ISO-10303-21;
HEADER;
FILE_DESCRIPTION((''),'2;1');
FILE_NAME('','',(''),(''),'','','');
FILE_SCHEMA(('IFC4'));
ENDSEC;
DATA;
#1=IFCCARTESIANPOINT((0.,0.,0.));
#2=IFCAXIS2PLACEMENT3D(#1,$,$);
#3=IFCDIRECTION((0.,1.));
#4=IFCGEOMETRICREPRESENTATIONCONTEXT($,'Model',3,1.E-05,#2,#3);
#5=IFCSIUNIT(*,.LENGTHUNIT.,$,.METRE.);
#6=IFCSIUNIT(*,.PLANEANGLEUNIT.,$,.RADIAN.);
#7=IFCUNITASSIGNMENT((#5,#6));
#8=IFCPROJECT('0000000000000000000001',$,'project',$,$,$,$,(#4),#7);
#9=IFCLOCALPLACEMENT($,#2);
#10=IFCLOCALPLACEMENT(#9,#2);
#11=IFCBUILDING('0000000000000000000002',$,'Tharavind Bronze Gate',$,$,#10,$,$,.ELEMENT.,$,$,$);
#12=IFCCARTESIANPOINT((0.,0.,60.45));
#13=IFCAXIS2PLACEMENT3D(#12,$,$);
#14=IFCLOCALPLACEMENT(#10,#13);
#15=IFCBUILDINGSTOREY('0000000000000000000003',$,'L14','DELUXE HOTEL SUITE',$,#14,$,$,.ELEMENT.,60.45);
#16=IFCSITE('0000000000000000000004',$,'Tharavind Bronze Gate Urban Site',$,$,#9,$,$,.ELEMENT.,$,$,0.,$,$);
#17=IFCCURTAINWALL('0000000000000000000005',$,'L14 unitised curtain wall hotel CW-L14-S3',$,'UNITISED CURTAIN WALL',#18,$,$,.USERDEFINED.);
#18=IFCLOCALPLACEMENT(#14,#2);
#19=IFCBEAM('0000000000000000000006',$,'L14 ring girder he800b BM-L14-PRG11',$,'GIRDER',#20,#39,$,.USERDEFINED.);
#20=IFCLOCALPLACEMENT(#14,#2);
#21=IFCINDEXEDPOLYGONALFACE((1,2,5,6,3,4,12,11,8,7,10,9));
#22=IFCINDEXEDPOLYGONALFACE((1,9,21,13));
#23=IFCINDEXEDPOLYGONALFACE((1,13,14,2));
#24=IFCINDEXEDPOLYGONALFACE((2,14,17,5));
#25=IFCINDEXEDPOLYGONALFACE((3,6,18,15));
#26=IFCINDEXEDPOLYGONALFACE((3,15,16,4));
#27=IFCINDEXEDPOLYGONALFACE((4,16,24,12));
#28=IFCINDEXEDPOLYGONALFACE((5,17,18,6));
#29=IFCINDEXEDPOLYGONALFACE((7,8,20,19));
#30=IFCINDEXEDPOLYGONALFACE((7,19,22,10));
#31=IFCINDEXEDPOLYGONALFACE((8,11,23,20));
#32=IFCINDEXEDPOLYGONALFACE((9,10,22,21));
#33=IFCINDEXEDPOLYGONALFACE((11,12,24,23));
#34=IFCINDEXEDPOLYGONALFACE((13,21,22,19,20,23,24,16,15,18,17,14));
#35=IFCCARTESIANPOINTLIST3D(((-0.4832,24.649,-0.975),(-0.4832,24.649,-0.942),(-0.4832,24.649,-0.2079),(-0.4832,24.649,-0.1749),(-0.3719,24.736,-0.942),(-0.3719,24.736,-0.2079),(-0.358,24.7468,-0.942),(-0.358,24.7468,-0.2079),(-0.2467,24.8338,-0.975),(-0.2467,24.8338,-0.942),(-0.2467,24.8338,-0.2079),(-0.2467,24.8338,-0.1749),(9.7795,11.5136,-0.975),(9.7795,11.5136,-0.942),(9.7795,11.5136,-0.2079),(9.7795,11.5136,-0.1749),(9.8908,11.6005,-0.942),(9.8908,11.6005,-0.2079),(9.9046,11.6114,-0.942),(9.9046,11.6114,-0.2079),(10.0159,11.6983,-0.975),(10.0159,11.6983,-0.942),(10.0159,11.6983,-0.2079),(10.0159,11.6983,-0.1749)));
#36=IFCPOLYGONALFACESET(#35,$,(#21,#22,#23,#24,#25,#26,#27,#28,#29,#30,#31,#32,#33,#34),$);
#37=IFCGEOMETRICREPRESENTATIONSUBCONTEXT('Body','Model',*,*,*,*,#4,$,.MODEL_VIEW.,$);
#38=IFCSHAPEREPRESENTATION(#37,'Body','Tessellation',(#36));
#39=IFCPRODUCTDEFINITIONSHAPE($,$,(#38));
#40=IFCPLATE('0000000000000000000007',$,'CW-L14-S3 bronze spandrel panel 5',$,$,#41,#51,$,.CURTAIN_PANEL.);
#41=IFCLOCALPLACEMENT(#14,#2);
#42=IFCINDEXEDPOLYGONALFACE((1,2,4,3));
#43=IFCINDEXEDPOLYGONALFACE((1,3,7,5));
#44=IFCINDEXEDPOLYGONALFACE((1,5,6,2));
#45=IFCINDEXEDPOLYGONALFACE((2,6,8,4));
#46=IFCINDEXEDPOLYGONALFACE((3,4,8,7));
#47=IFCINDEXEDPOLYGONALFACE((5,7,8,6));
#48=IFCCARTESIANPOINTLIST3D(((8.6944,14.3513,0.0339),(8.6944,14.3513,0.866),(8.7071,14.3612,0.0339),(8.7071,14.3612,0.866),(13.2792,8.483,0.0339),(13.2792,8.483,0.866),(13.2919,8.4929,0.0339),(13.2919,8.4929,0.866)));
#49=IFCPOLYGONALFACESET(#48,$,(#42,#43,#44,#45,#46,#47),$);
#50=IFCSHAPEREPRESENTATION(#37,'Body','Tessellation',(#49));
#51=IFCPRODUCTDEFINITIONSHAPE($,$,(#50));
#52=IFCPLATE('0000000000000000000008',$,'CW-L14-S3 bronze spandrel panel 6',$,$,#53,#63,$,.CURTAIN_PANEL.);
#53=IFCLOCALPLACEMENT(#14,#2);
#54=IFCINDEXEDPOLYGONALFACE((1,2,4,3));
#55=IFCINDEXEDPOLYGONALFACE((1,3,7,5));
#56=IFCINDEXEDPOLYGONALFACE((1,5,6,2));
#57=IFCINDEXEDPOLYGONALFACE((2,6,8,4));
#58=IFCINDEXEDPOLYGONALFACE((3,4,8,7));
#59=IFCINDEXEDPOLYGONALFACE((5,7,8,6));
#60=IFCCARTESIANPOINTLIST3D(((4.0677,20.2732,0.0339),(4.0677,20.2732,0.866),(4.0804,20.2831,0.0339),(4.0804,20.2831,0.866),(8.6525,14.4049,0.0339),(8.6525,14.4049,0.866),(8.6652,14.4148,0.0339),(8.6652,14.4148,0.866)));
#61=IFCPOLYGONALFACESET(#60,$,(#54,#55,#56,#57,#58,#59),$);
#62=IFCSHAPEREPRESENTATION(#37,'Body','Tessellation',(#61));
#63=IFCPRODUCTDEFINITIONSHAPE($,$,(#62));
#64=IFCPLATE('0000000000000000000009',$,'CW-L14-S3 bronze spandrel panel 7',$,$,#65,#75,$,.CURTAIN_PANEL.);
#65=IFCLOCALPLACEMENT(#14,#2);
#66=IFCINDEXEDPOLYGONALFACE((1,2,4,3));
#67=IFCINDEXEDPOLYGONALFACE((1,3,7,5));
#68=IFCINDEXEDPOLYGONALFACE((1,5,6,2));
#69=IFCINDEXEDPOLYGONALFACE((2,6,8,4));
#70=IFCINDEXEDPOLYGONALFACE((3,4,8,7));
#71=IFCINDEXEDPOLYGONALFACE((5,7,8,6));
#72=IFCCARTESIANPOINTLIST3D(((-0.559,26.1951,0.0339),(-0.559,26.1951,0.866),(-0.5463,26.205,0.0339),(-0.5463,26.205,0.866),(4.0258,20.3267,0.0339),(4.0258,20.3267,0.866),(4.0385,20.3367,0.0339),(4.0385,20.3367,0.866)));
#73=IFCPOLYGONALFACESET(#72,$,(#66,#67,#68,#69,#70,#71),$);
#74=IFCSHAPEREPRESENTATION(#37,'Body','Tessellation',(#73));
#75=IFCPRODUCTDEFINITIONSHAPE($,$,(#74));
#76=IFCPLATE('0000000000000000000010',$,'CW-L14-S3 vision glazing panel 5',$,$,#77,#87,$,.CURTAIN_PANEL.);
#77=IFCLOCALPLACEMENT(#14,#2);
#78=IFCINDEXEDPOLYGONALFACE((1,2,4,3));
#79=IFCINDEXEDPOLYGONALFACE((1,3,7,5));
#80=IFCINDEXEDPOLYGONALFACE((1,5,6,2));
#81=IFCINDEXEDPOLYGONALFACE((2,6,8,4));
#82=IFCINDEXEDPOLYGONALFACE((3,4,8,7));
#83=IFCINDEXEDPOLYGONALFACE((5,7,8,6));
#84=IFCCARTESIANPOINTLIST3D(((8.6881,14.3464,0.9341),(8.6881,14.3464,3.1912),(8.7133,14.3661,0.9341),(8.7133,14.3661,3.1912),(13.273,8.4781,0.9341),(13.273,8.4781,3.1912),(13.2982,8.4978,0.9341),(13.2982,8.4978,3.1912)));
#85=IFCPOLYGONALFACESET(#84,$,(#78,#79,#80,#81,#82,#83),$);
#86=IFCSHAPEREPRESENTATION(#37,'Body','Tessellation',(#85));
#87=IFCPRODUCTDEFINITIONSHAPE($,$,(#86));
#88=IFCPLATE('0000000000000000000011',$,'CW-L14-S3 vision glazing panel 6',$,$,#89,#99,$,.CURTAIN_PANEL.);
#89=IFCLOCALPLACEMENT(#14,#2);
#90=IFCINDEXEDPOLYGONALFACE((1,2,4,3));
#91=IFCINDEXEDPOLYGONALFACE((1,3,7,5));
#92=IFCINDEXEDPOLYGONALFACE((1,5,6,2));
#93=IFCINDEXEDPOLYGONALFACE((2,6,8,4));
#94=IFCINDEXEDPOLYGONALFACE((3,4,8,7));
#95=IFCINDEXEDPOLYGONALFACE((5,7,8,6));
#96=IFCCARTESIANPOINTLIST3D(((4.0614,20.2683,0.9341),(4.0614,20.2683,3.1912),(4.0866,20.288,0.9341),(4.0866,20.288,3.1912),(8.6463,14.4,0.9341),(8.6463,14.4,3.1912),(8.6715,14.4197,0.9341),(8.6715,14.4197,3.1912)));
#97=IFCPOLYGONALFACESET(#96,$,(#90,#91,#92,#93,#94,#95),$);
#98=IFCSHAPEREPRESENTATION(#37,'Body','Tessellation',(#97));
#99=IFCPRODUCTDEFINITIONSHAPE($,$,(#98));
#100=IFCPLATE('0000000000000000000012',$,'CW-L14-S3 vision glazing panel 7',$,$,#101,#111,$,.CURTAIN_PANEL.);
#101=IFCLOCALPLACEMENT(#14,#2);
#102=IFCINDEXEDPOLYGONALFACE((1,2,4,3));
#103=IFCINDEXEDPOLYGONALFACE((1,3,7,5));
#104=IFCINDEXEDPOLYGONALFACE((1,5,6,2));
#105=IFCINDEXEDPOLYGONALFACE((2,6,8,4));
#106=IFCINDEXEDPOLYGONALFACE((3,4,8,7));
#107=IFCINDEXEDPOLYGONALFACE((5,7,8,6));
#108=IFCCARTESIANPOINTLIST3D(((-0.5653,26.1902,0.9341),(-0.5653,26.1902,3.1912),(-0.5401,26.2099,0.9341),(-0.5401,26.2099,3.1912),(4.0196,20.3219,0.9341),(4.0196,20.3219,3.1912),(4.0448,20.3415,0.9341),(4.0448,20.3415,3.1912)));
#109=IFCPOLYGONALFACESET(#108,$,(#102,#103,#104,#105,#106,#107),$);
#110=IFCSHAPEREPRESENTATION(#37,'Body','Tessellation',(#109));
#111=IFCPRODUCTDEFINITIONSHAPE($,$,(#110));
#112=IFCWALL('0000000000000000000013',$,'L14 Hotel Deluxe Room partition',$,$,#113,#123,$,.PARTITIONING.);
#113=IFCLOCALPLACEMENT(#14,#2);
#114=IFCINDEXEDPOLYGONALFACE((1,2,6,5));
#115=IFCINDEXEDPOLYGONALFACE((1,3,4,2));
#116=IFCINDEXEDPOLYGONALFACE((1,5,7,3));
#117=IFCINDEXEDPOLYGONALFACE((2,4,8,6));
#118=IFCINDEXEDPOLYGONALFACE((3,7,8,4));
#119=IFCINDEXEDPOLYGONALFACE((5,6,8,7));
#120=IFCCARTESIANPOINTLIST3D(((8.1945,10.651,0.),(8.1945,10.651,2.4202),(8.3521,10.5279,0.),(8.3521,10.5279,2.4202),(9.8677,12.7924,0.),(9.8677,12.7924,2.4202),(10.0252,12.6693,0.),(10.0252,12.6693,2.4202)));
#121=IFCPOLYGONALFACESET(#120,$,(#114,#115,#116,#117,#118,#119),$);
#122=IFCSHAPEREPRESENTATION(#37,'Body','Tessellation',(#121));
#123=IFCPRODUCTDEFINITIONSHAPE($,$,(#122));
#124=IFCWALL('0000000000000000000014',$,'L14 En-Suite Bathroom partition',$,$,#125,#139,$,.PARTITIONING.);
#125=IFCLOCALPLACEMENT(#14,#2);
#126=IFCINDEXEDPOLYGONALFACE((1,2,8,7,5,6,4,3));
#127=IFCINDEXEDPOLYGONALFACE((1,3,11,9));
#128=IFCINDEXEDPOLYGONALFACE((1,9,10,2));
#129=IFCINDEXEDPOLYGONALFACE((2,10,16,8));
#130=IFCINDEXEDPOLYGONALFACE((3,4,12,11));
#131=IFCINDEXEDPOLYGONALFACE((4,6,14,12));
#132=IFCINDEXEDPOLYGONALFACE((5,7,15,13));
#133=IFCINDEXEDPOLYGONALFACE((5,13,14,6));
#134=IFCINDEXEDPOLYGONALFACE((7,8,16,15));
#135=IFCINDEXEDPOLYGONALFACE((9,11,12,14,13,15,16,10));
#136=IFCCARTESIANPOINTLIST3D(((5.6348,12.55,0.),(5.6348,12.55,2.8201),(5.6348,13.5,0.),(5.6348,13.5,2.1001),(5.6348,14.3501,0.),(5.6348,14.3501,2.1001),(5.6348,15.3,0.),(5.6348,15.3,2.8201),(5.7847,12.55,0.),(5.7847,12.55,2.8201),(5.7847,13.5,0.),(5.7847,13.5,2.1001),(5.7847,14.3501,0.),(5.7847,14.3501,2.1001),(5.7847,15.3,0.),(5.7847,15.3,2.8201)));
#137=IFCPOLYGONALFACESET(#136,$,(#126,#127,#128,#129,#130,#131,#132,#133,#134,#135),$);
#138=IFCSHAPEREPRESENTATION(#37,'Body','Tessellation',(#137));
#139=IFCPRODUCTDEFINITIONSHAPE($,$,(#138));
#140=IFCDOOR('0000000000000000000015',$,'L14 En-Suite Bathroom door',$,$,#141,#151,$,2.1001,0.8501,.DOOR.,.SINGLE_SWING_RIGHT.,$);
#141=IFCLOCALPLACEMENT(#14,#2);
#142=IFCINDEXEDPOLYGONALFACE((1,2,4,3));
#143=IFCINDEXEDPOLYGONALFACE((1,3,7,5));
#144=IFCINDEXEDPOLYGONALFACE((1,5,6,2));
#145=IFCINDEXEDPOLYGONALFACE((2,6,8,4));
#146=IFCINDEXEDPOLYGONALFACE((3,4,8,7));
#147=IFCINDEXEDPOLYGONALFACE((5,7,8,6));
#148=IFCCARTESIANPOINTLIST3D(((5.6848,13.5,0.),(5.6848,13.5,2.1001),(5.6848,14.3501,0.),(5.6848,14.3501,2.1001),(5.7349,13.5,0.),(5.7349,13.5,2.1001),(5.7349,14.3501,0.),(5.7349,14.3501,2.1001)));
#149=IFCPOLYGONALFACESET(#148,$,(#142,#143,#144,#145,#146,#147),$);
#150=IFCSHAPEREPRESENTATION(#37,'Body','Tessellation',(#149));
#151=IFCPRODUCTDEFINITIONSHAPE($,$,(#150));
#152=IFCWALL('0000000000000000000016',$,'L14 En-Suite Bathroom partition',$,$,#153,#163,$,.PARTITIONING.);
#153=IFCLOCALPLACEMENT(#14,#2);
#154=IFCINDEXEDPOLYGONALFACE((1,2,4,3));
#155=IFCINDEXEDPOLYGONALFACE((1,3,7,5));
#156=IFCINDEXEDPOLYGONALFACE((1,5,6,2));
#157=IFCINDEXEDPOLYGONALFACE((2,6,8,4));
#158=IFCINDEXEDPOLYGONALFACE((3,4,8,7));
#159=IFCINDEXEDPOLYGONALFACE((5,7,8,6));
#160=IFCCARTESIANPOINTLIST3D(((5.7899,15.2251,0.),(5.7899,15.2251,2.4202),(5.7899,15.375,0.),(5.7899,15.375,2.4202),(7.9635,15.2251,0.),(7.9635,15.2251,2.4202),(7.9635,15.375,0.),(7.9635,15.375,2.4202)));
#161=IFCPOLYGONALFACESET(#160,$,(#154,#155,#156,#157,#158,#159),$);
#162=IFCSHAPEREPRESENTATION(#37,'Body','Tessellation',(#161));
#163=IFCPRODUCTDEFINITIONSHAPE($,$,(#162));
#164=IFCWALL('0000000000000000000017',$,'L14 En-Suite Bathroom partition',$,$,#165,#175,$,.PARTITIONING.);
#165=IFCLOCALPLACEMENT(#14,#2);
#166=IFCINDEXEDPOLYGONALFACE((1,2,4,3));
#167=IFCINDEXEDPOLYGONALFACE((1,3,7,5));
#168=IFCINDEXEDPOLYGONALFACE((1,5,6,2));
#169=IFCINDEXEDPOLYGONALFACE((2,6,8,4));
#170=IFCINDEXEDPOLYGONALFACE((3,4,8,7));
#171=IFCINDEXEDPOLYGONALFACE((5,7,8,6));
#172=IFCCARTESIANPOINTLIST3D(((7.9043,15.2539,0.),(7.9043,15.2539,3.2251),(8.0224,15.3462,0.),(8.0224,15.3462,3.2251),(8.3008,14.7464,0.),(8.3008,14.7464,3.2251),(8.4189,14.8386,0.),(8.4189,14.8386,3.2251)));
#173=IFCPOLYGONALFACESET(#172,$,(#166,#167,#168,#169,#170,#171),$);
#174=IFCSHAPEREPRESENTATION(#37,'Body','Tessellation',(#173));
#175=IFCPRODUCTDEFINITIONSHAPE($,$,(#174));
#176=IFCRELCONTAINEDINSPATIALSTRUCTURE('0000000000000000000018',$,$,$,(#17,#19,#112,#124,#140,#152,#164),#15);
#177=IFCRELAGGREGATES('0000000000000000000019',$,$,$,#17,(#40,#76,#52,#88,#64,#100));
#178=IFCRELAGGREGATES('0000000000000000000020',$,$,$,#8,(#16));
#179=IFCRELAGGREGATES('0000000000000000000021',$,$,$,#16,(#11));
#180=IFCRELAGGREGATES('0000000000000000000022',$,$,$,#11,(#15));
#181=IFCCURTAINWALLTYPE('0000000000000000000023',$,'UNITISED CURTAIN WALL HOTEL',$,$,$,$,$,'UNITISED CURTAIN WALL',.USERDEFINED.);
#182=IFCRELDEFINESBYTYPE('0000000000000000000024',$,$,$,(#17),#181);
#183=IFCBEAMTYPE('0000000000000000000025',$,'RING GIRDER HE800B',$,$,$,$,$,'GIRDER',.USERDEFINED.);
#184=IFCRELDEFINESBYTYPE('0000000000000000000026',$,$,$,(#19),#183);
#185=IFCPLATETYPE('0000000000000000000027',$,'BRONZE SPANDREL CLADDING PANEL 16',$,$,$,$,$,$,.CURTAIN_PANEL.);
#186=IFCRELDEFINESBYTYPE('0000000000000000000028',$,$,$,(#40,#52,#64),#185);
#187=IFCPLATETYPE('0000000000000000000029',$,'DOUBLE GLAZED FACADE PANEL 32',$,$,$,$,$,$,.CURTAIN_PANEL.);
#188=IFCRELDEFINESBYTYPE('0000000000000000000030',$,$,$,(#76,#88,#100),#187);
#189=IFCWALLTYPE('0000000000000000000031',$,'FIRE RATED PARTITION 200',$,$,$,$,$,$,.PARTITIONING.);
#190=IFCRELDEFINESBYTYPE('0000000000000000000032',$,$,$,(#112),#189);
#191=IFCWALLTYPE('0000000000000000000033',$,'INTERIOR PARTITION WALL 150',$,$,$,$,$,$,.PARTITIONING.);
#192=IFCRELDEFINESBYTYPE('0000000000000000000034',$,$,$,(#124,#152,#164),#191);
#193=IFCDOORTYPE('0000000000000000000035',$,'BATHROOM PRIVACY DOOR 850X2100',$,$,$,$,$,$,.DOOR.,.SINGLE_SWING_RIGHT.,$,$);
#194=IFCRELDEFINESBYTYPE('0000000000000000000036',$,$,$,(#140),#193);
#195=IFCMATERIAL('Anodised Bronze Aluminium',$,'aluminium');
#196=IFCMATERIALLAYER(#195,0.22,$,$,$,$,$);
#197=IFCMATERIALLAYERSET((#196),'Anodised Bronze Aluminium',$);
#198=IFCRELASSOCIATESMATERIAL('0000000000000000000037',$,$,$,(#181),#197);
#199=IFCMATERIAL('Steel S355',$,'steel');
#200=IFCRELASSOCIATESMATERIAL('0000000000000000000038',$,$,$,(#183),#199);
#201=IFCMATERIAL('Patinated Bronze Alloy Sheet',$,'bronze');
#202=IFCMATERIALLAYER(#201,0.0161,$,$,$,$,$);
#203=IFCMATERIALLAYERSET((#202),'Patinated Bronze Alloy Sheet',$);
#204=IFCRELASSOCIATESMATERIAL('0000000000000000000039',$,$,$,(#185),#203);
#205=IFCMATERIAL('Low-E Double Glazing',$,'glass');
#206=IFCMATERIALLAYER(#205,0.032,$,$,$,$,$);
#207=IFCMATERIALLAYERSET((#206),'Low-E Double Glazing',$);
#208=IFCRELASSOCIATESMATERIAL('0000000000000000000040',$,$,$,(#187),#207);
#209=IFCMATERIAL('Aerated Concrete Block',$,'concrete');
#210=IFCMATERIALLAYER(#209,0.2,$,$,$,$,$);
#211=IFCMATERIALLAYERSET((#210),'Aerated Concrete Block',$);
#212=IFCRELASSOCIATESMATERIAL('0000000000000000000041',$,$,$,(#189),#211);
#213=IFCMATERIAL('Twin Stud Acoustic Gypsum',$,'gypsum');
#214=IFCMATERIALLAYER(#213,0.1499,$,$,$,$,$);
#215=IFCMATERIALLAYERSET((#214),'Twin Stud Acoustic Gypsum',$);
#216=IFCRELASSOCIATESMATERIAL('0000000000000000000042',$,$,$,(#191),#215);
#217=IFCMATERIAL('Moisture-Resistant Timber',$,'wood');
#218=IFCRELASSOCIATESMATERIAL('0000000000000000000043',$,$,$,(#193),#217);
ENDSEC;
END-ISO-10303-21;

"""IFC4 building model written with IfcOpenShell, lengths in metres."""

from ifc_helpers import new_model, si_unit, direction, frame, frame_2d, origin, origin_2d, place, context, subcontext, project, spatial, rectangle, i_section, extrude, material, layer, layer_set, material_profile, profile_set, type_object, element, fill, aggregate, save


model = new_model("IFC4")

# Units and contexts
model_context = context("Model", 3, precision=1e-05, world=origin(), true_north=direction((0.0, 1.0)))
body_context = subcontext(model_context, "Body", "Model", "MODEL_VIEW")
ifc_project = project(units=[si_unit("LENGTHUNIT", "METRE"), si_unit("PLANEANGLEUNIT", "RADIAN")], contexts=[model_context])

# Site, building, storey
site_placement = place(None, origin())
site = spatial("IfcSite", under=ifc_project, at=site_placement, Name="Tharavind Bronze Gate Urban Site", CompositionType="ELEMENT", RefElevation=0.0)
building_placement = place(site_placement, origin())
building = spatial("IfcBuilding", under=site, at=building_placement, Name="Tharavind Bronze Gate", CompositionType="ELEMENT")
storey_placement = place(building_placement, frame((0.0, 0.0, 60.45)))
storey = spatial("IfcBuildingStorey", under=building, at=storey_placement, Name="L14", Description="DELUXE HOTEL SUITE", CompositionType="ELEMENT", Elevation=60.45)

# Curtain wall
ifc_material_1 = material(Name="Anodised Bronze Aluminium", Category="aluminium")
ifc_layer_1 = layer(ifc_material_1, 0.22)
ifc_layer_set_1 = layer_set([ifc_layer_1], Name="Anodised Bronze Aluminium")
curtain_wall_type = type_object("IfcCurtainWallType", Name="UNITISED CURTAIN WALL HOTEL", ElementType="UNITISED CURTAIN WALL", PredefinedType="USERDEFINED", material=ifc_layer_set_1)
curtain_wall_placement = place(storey_placement, origin())
curtain_wall = element("IfcCurtainWall", 1, at=curtain_wall_placement, inside=storey, type_object=curtain_wall_type, Name="L14 unitised curtain wall hotel CW-L14-S3", ObjectType="UNITISED CURTAIN WALL", PredefinedType="USERDEFINED")

# Beam
ifc_material_2 = material(Name="Steel S355", Category="steel")
ifc_material_profile_1 = material_profile(ifc_material_2, i_section(OverallWidth=0.3, OverallDepth=0.8, WebThickness=0.0176, FlangeThickness=0.033, at=origin_2d()), Name="HE800B")
ifc_profile_set_1 = profile_set([ifc_material_profile_1], Name="Steel S355")
beam_type_1 = type_object("IfcBeamType", Name="RING GIRDER HE800B", ElementType="GIRDER", PredefinedType="USERDEFINED", material=ifc_profile_set_1)
beam_1_placement = place(storey_placement, frame((9.8977, 11.606, -0.575), z_axis=(-0.615666, 0.788007, 0.0), x_axis=(-0.788007, -0.615666, 0.0)))
element("IfcBeam", 2, at=beam_1_placement, inside=storey, type_object=beam_type_1, Name="L14 ring girder he800b BM-L14-PRG11", ObjectType="GIRDER", PredefinedType="USERDEFINED", context=body_context, shape_type="SweptSolid", body=[
    extrude(i_section(OverallWidth=0.3, OverallDepth=0.8, WebThickness=0.0176, FlangeThickness=0.033, at=origin_2d()), origin(), (0.0, 0.0, 1.0), 16.6692),
])

# Plates
ifc_material_3 = material(Name="Patinated Bronze Alloy Sheet", Category="bronze")
ifc_layer_2 = layer(ifc_material_3, 0.0161)
ifc_layer_set_2 = layer_set([ifc_layer_2], Name="Patinated Bronze Alloy Sheet")
plate_type_1 = type_object("IfcPlateType", Name="BRONZE SPANDREL CLADDING PANEL 16", PredefinedType="CURTAIN_PANEL", material=ifc_layer_set_2)
plate_1_placement = place(storey_placement, frame((10.9932, 11.4221, 0.0339), z_axis=(0.0, 0.0, 1.0), x_axis=(-0.615661, 0.788011, 0.0)))
plate_1 = element("IfcPlate", 3, at=plate_1_placement, type_object=plate_type_1, Name="CW-L14-S3 bronze spandrel panel 5", PredefinedType="CURTAIN_PANEL", context=body_context, shape_type="SweptSolid", body=[
    extrude(rectangle(XDim=7.447, YDim=0.0161, at=origin_2d()), origin(), (0.0, 0.0, 1.0), 0.832),
])
plate_2_placement = place(storey_placement, frame((6.3665, 17.344, 0.0339), z_axis=(0.0, 0.0, 1.0), x_axis=(-0.615661, 0.788011, 0.0)))
plate_2 = element("IfcPlate", 4, at=plate_2_placement, type_object=plate_type_1, Name="CW-L14-S3 bronze spandrel panel 6", PredefinedType="CURTAIN_PANEL", context=body_context, shape_type="SweptSolid", body=[
    extrude(rectangle(XDim=7.447, YDim=0.0161, at=origin_2d()), origin(), (0.0, 0.0, 1.0), 0.832),
])
plate_3_placement = place(storey_placement, frame((1.7397, 23.2659, 0.0339), z_axis=(0.0, 0.0, 1.0), x_axis=(-0.615661, 0.788011, 0.0)))
plate_3 = element("IfcPlate", 5, at=plate_3_placement, type_object=plate_type_1, Name="CW-L14-S3 bronze spandrel panel 7", PredefinedType="CURTAIN_PANEL", context=body_context, shape_type="SweptSolid", body=[
    extrude(rectangle(XDim=7.447, YDim=0.0161, at=origin_2d()), origin(), (0.0, 0.0, 1.0), 0.832),
])
ifc_material_4 = material(Name="Low-E Double Glazing", Category="glass")
ifc_layer_3 = layer(ifc_material_4, 0.032)
ifc_layer_set_3 = layer_set([ifc_layer_3], Name="Low-E Double Glazing")
plate_type_2 = type_object("IfcPlateType", Name="DOUBLE GLAZED FACADE PANEL 32", PredefinedType="CURTAIN_PANEL", material=ifc_layer_set_3)
plate_4_placement = place(storey_placement, frame((10.9932, 11.4221, 0.9341), z_axis=(0.0, 0.0, 1.0), x_axis=(-0.615661, 0.788011, 0.0)))
plate_4 = element("IfcPlate", 6, at=plate_4_placement, type_object=plate_type_2, Name="CW-L14-S3 vision glazing panel 5", PredefinedType="CURTAIN_PANEL", context=body_context, shape_type="SweptSolid", body=[
    extrude(rectangle(XDim=7.447, YDim=0.032, at=origin_2d()), origin(), (0.0, 0.0, 1.0), 2.2571),
])
plate_5_placement = place(storey_placement, frame((6.3665, 17.344, 0.9341), z_axis=(0.0, 0.0, 1.0), x_axis=(-0.615661, 0.788011, 0.0)))
plate_5 = element("IfcPlate", 7, at=plate_5_placement, type_object=plate_type_2, Name="CW-L14-S3 vision glazing panel 6", PredefinedType="CURTAIN_PANEL", context=body_context, shape_type="SweptSolid", body=[
    extrude(rectangle(XDim=7.447, YDim=0.032, at=origin_2d()), origin(), (0.0, 0.0, 1.0), 2.2571),
])
plate_6_placement = place(storey_placement, frame((1.7397, 23.2659, 0.9341), z_axis=(0.0, 0.0, 1.0), x_axis=(-0.615661, 0.788011, 0.0)))
plate_6 = element("IfcPlate", 8, at=plate_6_placement, type_object=plate_type_2, Name="CW-L14-S3 vision glazing panel 7", PredefinedType="CURTAIN_PANEL", context=body_context, shape_type="SweptSolid", body=[
    extrude(rectangle(XDim=7.447, YDim=0.032, at=origin_2d()), origin(), (0.0, 0.0, 1.0), 2.2571),
])
aggregate(curtain_wall, [plate_1, plate_4, plate_2, plate_5, plate_3, plate_6])

# Wall
ifc_material_5 = material(Name="Aerated Concrete Block", Category="concrete")
ifc_layer_4 = layer(ifc_material_5, 0.2)
ifc_layer_set_4 = layer_set([ifc_layer_4], Name="Aerated Concrete Block")
wall_type_1 = type_object("IfcWallType", Name="FIRE RATED PARTITION 200", PredefinedType="PARTITIONING", material=ifc_layer_set_4)
wall_1_placement = place(storey_placement, frame((9.9465, 12.731, 0.0), z_axis=(0.0, 0.0, 1.0), x_axis=(-0.615681, -0.787996, 0.0)))
element("IfcWall", 9, at=wall_1_placement, inside=storey, type_object=wall_type_1, Name="L14 Hotel Deluxe Room partition", PredefinedType="PARTITIONING", context=body_context, shape_type="SweptSolid", body=[
    extrude(rectangle(XDim=2.7175, YDim=0.2, at=frame_2d((1.3589, 0.0))), origin(), (0.0, 0.0, 1.0), 2.4202),
])

# Wall, opening, door
ifc_material_6 = material(Name="Twin Stud Acoustic Gypsum", Category="gypsum")
ifc_layer_5 = layer(ifc_material_6, 0.1499)
ifc_layer_set_5 = layer_set([ifc_layer_5], Name="Twin Stud Acoustic Gypsum")
wall_type_2 = type_object("IfcWallType", Name="INTERIOR PARTITION WALL 150", PredefinedType="PARTITIONING", material=ifc_layer_set_5)
wall_2_placement = place(storey_placement, frame((5.7097, 12.55, 0.0), z_axis=(0.0, 0.0, 1.0), x_axis=(0.0, 1.0, 0.0)))
wall_2 = element("IfcWall", 10, at=wall_2_placement, inside=storey, type_object=wall_type_2, Name="L14 En-Suite Bathroom partition", PredefinedType="PARTITIONING", context=body_context, shape_type="SweptSolid", body=[
    extrude(rectangle(XDim=2.75, YDim=0.1499, at=frame_2d((1.375, 0.0))), origin(), (0.0, 0.0, 1.0), 2.8201),
])
opening_placement = place(wall_2_placement, frame((0.95, 0.0, 0.0)))
opening = element("IfcOpeningElement", 11, at=opening_placement, cuts=wall_2, PredefinedType="OPENING", context=body_context, shape_type="SweptSolid", body=[
    extrude(rectangle(XDim=0.8501, YDim=2.1001, at=frame_2d((0.425, 1.05))), frame((0.0, 0.085, 0.0), z_axis=(0.0, -1.0, 0.0), x_axis=(1.0, 0.0, 0.0)), (0.0, 0.0, 1.0), 0.1699),
])
ifc_material_7 = material(Name="Moisture-Resistant Timber", Category="wood")
door_type = type_object("IfcDoorType", Name="BATHROOM PRIVACY DOOR 850X2100", OperationType="SINGLE_SWING_RIGHT", PredefinedType="DOOR", material=ifc_material_7)
door_placement = place(opening_placement, origin())
door = element("IfcDoor", 12, at=door_placement, inside=storey, type_object=door_type, Name="L14 En-Suite Bathroom door", OperationType="SINGLE_SWING_RIGHT", OverallHeight=2.1001, OverallWidth=0.8501, PredefinedType="DOOR", context=body_context, shape_type="SweptSolid", body=[
    extrude(rectangle(XDim=0.8501, YDim=2.1001, at=frame_2d((0.425, 1.05))), frame((0.0, 0.0249, 0.0), z_axis=(0.0, -1.0, 0.0), x_axis=(1.0, 0.0, 0.0)), (0.0, 0.0, 1.0), 0.05),
])
fill(opening, door)

# Walls
wall_3_placement = place(storey_placement, frame((5.7898, 15.3, 0.0), z_axis=(0.0, 0.0, 1.0), x_axis=(1.0, 0.0, 0.0)))
element("IfcWall", 13, at=wall_3_placement, inside=storey, type_object=wall_type_2, Name="L14 En-Suite Bathroom partition", PredefinedType="PARTITIONING", context=body_context, shape_type="SweptSolid", body=[
    extrude(rectangle(XDim=2.1736, YDim=0.1499, at=frame_2d((1.0869, 0.0))), origin(), (0.0, 0.0, 1.0), 2.4202),
])
wall_4_placement = place(storey_placement, frame((7.9634, 15.3, 0.0), z_axis=(0.0, 0.0, 1.0), x_axis=(0.615593, -0.788065, 0.0)))
element("IfcWall", 14, at=wall_4_placement, inside=storey, type_object=wall_type_2, Name="L14 En-Suite Bathroom partition", PredefinedType="PARTITIONING", context=body_context, shape_type="SweptSolid", body=[
    extrude(rectangle(XDim=0.644, YDim=0.1499, at=frame_2d((0.322, 0.0))), origin(), (0.0, 0.0, 1.0), 3.2251),
])

save(model, "model.ifc")
